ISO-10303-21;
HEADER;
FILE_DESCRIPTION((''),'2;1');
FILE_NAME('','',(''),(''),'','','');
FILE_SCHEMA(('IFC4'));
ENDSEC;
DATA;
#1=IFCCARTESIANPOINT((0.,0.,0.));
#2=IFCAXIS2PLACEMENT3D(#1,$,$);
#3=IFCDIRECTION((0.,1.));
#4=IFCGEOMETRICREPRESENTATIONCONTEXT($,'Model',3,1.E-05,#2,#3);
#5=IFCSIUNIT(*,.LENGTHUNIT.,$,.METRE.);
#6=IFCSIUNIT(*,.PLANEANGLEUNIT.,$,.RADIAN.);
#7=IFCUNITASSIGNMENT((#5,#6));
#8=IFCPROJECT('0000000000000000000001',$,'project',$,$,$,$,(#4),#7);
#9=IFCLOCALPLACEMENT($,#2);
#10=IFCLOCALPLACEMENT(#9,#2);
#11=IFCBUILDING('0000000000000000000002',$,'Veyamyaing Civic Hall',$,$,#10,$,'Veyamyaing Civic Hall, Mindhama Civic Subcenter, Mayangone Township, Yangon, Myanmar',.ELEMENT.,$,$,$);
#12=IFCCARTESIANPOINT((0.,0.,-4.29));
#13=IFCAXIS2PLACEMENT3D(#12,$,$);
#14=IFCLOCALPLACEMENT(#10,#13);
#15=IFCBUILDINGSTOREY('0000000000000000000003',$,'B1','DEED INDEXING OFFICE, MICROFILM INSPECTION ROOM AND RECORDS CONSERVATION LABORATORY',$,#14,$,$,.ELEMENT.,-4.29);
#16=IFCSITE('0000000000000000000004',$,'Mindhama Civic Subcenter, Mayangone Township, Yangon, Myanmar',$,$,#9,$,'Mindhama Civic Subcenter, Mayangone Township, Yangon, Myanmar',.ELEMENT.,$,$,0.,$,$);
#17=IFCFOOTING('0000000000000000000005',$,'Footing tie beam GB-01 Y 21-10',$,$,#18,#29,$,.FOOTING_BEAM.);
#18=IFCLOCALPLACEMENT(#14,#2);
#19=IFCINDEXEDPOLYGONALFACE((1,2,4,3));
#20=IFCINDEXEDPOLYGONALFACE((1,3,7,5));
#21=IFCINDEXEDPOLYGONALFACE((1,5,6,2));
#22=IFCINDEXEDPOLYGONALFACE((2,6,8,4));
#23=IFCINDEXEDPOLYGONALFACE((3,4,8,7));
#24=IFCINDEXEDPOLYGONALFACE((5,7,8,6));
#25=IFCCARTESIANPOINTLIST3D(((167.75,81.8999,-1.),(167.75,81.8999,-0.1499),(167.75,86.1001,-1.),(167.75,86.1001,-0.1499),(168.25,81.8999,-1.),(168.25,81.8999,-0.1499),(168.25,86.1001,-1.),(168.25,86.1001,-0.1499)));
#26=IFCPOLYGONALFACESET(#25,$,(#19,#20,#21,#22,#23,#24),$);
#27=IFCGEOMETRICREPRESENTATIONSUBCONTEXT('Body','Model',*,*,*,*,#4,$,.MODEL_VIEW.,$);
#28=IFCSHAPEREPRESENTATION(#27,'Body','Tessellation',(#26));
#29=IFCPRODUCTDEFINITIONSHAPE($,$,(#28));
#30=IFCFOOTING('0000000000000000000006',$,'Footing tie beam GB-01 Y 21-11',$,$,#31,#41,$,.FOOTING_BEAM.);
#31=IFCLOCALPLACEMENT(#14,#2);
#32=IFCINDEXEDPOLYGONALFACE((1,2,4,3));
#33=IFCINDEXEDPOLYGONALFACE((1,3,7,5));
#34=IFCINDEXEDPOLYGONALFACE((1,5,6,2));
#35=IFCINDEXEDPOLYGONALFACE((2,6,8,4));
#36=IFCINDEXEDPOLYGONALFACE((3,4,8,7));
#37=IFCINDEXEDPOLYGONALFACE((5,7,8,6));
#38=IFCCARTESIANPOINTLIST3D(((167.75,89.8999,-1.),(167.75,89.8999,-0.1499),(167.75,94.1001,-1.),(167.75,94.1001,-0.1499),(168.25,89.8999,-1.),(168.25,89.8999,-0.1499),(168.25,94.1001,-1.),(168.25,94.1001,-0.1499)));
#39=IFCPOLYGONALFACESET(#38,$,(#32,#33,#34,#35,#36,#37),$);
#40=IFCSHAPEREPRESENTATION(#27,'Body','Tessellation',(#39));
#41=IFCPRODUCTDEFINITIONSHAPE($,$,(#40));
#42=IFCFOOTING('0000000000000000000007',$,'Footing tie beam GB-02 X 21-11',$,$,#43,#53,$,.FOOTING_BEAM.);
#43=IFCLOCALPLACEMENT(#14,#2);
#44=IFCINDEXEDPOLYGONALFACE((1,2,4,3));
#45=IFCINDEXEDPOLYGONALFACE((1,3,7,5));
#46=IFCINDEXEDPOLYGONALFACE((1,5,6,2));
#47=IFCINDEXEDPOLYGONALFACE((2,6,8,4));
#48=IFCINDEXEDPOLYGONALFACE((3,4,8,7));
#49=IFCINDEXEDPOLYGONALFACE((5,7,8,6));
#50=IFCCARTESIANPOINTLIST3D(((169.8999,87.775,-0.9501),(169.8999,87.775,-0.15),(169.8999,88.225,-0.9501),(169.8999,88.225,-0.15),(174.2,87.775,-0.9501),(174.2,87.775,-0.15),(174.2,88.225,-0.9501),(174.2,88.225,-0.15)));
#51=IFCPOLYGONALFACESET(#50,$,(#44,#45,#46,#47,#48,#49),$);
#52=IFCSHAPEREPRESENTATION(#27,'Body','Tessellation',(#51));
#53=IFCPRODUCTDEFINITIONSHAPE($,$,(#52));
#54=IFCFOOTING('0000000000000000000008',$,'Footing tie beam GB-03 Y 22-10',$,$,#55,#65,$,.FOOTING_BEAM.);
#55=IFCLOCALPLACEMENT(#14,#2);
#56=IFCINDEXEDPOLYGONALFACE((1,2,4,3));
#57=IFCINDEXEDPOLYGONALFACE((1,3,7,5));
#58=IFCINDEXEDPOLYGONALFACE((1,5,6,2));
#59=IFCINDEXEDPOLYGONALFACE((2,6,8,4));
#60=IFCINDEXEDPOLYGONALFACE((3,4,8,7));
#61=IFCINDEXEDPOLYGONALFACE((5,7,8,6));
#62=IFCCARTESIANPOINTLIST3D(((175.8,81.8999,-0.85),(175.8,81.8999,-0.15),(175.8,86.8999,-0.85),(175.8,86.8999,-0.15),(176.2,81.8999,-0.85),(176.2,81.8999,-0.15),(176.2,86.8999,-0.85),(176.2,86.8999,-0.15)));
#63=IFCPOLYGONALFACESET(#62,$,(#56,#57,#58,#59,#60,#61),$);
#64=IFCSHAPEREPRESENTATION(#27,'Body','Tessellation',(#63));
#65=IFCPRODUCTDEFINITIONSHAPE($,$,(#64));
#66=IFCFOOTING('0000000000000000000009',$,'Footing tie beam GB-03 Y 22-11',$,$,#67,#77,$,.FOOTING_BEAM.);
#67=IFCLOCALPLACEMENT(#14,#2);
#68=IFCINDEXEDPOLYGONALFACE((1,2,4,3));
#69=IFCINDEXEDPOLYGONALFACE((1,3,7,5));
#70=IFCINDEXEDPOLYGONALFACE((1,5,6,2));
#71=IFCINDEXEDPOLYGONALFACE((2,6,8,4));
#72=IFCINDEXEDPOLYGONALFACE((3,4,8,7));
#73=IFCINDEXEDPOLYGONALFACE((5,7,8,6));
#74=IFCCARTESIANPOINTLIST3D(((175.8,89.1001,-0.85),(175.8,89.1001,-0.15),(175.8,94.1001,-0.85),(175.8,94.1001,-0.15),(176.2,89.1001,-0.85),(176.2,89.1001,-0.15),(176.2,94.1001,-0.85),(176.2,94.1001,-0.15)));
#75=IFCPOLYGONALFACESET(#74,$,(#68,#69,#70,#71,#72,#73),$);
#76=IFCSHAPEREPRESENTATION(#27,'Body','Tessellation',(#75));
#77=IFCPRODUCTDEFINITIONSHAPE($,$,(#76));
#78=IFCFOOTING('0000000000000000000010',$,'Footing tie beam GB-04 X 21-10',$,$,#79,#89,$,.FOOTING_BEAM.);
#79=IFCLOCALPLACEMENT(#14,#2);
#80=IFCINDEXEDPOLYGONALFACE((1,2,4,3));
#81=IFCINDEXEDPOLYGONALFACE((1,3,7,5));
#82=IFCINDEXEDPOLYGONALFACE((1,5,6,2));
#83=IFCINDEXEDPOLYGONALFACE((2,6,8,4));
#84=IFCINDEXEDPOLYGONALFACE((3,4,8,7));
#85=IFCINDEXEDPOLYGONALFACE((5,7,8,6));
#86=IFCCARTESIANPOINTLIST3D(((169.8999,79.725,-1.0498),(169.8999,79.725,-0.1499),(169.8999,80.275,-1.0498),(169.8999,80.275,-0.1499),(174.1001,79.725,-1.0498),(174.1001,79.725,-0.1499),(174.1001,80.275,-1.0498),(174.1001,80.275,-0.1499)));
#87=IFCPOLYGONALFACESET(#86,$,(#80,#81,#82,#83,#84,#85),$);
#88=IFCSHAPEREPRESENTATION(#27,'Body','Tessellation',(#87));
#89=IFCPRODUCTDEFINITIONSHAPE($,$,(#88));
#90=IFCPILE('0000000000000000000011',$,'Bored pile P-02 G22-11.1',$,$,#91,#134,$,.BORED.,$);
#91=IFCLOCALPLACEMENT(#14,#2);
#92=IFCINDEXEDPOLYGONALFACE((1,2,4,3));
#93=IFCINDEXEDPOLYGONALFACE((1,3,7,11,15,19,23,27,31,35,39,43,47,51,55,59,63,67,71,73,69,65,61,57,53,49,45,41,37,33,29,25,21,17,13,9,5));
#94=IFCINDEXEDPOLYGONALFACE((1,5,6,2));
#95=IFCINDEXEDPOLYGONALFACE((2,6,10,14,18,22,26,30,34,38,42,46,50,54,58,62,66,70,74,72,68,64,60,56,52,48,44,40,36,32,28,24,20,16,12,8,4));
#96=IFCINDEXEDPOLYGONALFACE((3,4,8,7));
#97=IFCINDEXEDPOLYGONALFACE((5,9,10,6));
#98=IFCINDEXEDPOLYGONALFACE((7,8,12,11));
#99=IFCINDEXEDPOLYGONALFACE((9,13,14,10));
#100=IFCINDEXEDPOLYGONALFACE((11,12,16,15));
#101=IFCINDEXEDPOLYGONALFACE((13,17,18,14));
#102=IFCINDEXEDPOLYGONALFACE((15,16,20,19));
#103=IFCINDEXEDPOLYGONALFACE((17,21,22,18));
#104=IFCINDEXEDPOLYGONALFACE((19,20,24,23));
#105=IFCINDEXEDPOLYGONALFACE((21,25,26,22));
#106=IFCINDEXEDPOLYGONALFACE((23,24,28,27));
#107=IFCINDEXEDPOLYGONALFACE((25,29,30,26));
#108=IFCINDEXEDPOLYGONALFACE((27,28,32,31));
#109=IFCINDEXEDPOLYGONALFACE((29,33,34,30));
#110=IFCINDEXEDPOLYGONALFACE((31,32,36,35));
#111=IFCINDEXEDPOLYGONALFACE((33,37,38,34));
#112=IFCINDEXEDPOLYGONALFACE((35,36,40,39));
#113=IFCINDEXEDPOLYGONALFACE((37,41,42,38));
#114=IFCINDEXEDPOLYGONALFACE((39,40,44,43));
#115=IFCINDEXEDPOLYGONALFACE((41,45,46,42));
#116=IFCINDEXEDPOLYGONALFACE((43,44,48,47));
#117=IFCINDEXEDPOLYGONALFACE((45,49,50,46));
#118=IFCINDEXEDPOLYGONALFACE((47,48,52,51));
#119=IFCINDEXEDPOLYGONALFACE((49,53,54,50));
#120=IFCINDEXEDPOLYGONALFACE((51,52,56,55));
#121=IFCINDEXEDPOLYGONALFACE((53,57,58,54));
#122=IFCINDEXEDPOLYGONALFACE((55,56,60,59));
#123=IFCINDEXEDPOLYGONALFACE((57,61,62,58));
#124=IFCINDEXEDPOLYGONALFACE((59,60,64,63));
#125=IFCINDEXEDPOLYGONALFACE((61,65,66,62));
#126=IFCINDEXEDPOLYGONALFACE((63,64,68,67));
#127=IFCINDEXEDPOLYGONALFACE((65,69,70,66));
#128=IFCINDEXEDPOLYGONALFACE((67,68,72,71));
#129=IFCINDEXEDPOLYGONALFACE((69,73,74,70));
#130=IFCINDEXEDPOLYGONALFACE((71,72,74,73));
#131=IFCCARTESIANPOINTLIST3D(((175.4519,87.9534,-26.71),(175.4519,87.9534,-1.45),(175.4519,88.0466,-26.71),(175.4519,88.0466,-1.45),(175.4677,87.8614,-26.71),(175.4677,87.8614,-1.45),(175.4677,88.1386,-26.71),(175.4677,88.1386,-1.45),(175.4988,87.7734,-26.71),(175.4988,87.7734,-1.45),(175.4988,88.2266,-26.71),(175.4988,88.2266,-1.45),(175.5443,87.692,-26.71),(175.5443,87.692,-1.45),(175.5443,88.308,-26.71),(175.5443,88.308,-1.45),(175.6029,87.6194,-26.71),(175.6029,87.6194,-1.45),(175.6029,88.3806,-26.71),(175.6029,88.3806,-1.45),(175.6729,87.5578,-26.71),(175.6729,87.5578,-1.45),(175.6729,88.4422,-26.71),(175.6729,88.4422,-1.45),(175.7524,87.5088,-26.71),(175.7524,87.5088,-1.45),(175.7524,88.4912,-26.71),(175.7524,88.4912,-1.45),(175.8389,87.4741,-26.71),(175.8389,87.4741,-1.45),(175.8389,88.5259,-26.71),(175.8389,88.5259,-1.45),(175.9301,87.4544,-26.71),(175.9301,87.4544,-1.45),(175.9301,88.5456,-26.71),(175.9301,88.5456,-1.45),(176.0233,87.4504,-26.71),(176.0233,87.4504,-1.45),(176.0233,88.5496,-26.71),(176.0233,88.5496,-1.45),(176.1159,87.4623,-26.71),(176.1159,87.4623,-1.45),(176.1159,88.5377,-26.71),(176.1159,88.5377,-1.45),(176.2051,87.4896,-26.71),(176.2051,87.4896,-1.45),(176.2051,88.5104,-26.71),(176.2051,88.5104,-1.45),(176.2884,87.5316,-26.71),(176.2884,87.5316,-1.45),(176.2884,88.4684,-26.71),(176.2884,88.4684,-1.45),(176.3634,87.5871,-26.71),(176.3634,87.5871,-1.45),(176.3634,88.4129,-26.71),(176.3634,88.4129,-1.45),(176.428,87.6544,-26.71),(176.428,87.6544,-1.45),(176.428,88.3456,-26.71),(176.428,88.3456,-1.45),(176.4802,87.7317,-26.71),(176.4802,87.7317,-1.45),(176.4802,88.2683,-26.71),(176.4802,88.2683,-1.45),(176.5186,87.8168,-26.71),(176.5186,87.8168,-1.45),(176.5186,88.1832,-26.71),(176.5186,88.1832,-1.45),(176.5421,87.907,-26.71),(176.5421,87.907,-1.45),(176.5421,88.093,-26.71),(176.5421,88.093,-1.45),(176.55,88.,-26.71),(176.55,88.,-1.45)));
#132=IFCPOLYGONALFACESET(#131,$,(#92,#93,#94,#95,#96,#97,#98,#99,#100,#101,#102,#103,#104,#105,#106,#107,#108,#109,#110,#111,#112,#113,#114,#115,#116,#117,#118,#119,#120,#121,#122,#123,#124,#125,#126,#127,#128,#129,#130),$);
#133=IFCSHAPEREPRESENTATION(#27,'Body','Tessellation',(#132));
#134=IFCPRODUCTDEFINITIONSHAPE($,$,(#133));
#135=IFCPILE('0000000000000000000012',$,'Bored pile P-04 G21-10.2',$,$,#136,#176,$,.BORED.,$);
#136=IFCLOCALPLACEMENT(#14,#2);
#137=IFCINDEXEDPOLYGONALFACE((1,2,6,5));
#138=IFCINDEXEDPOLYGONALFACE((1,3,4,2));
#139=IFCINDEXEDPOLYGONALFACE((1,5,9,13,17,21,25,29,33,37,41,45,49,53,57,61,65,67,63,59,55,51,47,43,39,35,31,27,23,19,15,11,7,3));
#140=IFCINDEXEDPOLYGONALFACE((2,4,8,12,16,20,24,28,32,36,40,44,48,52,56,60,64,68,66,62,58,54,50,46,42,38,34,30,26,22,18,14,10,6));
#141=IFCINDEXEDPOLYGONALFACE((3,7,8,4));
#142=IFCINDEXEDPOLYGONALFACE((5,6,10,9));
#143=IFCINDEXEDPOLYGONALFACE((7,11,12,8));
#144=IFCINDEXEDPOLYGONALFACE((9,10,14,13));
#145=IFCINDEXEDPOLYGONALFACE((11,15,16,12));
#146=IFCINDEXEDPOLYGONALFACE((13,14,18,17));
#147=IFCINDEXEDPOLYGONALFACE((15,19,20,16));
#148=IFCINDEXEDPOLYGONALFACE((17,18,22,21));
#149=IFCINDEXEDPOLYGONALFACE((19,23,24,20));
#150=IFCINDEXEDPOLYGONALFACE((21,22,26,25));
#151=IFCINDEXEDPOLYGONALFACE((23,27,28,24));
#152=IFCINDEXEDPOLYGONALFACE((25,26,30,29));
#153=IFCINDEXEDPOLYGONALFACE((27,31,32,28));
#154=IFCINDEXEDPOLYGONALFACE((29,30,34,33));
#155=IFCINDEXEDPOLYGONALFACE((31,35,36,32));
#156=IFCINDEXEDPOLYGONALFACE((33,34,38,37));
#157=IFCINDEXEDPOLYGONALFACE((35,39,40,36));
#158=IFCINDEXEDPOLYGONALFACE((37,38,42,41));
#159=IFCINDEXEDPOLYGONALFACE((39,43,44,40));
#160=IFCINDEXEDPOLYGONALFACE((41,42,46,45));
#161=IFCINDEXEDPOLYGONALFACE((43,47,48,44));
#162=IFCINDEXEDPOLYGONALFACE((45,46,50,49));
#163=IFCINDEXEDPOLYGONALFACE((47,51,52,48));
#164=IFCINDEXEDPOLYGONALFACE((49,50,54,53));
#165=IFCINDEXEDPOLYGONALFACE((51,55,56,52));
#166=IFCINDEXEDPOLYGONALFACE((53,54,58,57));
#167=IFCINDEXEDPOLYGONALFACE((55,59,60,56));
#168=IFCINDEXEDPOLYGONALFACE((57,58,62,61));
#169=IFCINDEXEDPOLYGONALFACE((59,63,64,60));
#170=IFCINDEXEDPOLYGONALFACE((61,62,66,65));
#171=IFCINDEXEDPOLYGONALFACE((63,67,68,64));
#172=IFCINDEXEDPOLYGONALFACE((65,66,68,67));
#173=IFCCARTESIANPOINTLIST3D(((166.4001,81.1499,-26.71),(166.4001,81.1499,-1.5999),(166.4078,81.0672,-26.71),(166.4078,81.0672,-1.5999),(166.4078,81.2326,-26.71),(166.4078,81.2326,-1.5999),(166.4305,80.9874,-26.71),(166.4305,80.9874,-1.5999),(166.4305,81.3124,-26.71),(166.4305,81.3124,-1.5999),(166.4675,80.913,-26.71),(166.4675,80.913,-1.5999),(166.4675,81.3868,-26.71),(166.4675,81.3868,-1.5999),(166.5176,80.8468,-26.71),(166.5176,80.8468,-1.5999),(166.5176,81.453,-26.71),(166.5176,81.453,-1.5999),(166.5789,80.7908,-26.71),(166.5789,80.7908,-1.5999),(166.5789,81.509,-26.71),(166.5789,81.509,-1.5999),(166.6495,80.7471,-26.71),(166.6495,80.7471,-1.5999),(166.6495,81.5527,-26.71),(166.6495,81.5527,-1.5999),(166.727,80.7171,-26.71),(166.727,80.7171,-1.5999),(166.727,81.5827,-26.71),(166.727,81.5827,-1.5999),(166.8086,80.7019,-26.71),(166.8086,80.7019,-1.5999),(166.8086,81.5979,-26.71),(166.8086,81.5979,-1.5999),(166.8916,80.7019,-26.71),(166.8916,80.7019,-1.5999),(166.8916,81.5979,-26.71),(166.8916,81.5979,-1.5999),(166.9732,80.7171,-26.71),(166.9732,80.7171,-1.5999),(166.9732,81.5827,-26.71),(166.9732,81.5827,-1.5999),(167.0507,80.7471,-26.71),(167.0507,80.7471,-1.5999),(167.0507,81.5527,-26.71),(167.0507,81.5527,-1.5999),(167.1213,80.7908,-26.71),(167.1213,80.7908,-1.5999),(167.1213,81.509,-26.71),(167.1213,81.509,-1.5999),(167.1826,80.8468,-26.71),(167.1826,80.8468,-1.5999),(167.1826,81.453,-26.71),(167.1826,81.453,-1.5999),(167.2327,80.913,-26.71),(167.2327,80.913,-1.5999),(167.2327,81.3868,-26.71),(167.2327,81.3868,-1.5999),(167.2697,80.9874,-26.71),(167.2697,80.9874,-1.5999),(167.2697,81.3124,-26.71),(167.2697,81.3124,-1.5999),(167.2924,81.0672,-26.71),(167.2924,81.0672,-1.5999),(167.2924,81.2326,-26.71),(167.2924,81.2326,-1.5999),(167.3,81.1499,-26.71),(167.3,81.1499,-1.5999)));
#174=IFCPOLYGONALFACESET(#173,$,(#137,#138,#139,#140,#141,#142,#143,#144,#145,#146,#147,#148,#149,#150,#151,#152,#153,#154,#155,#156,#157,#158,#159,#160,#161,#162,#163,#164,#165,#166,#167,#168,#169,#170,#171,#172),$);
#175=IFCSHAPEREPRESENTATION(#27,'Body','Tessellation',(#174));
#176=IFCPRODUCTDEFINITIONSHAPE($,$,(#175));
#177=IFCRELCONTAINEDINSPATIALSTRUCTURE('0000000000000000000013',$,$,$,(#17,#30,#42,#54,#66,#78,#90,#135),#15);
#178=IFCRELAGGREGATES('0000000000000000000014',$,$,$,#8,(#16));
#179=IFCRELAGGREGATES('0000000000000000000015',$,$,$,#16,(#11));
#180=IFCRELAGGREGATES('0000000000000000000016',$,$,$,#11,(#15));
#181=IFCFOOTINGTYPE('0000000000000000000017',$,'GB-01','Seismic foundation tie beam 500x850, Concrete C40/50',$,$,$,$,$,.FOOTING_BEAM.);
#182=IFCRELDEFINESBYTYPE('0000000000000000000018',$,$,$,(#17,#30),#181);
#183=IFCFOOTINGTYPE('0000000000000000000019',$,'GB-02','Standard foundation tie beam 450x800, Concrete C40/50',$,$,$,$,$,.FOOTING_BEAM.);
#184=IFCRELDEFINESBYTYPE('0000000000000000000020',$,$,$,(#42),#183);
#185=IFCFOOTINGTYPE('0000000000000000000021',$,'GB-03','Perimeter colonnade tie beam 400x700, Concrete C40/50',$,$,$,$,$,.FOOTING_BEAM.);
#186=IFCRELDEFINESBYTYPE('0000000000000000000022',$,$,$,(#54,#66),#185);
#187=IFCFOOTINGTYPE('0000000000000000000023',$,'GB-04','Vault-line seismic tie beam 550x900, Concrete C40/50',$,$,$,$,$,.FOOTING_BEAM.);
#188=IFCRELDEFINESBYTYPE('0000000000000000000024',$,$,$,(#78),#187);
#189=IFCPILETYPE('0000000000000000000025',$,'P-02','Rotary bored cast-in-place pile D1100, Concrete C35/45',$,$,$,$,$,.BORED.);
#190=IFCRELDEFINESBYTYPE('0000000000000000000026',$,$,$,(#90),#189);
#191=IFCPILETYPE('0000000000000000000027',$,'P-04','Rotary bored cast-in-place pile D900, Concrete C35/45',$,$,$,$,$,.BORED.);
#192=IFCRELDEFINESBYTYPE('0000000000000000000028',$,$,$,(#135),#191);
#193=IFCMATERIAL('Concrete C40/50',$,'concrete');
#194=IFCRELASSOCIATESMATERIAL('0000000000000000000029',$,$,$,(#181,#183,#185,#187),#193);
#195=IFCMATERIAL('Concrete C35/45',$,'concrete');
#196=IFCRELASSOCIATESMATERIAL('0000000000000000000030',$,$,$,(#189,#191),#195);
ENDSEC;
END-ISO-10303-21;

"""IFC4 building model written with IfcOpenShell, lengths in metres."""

from ifc_helpers import new_model, si_unit, direction, frame, origin, origin_2d, place, context, subcontext, project, spatial, rectangle, circle, extrude, material, material_profile, profile_set, type_object, element, save


model = new_model("IFC4")

# Units and contexts
model_context = context("Model", 3, precision=1e-05, world=origin(), true_north=direction((0.0, 1.0)))
body_context = subcontext(model_context, "Body", "Model", "MODEL_VIEW")
ifc_project = project(units=[si_unit("LENGTHUNIT", "METRE"), si_unit("PLANEANGLEUNIT", "RADIAN")], contexts=[model_context])

# Site, building, storey
site_placement = place(None, origin())
site = spatial("IfcSite", under=ifc_project, at=site_placement, Name="Mindhama Civic Subcenter, Mayangone Township, Yangon, Myanmar", LongName="Mindhama Civic Subcenter, Mayangone Township, Yangon, Myanmar", CompositionType="ELEMENT", RefElevation=0.0)
building_placement = place(site_placement, origin())
building = spatial("IfcBuilding", under=site, at=building_placement, Name="Veyamyaing Civic Hall", LongName="Veyamyaing Civic Hall, Mindhama Civic Subcenter, Mayangone Township, Yangon, Myanmar", CompositionType="ELEMENT")
storey_placement = place(building_placement, frame((0.0, 0.0, -4.29)))
storey = spatial("IfcBuildingStorey", under=building, at=storey_placement, Name="B1", Description="DEED INDEXING OFFICE, MICROFILM INSPECTION ROOM AND RECORDS CONSERVATION LABORATORY", CompositionType="ELEMENT", Elevation=-4.29)

# Footings
ifc_material_1 = material(Name="Concrete C40/50", Category="concrete")
ifc_material_profile_1 = material_profile(ifc_material_1, rectangle(XDim=0.5, YDim=0.8501, at=origin_2d()), Name="GB-500X850")
ifc_profile_set_1 = profile_set([ifc_material_profile_1], Name="Concrete C40/50")
footing_type_1 = type_object("IfcFootingType", Name="GB-01", Description="Seismic foundation tie beam 500x850, Concrete C40/50", PredefinedType="FOOTING_BEAM", material=ifc_profile_set_1)
for number, where, z_axis, x_axis, name in (
    (1, (168.0, 81.8999, -0.575), (0.0, 1.0, 0.0), (-1.0, 0.0, 0.0), "Footing tie beam GB-01 Y 21-10"),
    (2, (168.0, 89.8999, -0.575), (0.0, 1.0, 0.0), (-1.0, 0.0, 0.0), "Footing tie beam GB-01 Y 21-11"),
):
    element("IfcFooting", number, at=place(storey_placement, frame(where, z_axis=z_axis, x_axis=x_axis)), inside=storey, type_object=footing_type_1, Name=name, PredefinedType="FOOTING_BEAM", context=body_context, shape_type="SweptSolid", body=[
        extrude(rectangle(XDim=0.5, YDim=0.8501, at=origin_2d()), origin(), (0.0, 0.0, 1.0), 4.2002),
    ])
ifc_material_profile_2 = material_profile(ifc_material_1, rectangle(XDim=0.45, YDim=0.8, at=origin_2d()), Name="GB-450X800")
ifc_profile_set_2 = profile_set([ifc_material_profile_2], Name="Concrete C40/50")
footing_type_2 = type_object("IfcFootingType", Name="GB-02", Description="Standard foundation tie beam 450x800, Concrete C40/50", PredefinedType="FOOTING_BEAM", material=ifc_profile_set_2)
footing_1_placement = place(storey_placement, frame((169.8999, 88.0, -0.55), z_axis=(1.0, 0.0, 0.0), x_axis=(0.0, 1.0, 0.0)))
element("IfcFooting", 3, at=footing_1_placement, inside=storey, type_object=footing_type_2, Name="Footing tie beam GB-02 X 21-11", PredefinedType="FOOTING_BEAM", context=body_context, shape_type="SweptSolid", body=[
    extrude(rectangle(XDim=0.45, YDim=0.8, at=origin_2d()), origin(), (0.0, 0.0, 1.0), 4.3),
])
ifc_material_profile_3 = material_profile(ifc_material_1, rectangle(XDim=0.3999, YDim=0.7, at=origin_2d()), Name="GB-400X700")
ifc_profile_set_3 = profile_set([ifc_material_profile_3], Name="Concrete C40/50")
footing_type_3 = type_object("IfcFootingType", Name="GB-03", Description="Perimeter colonnade tie beam 400x700, Concrete C40/50", PredefinedType="FOOTING_BEAM", material=ifc_profile_set_3)
for number, where, z_axis, x_axis, name in (
    (4, (176.0, 81.8999, -0.5), (0.0, 1.0, 0.0), (-1.0, 0.0, 0.0), "Footing tie beam GB-03 Y 22-10"),
    (5, (176.0, 89.1001, -0.5), (0.0, 1.0, 0.0), (-1.0, 0.0, 0.0), "Footing tie beam GB-03 Y 22-11"),
):
    element("IfcFooting", number, at=place(storey_placement, frame(where, z_axis=z_axis, x_axis=x_axis)), inside=storey, type_object=footing_type_3, Name=name, PredefinedType="FOOTING_BEAM", context=body_context, shape_type="SweptSolid", body=[
        extrude(rectangle(XDim=0.3999, YDim=0.7, at=origin_2d()), origin(), (0.0, 0.0, 1.0), 5.0),
    ])
ifc_material_profile_4 = material_profile(ifc_material_1, rectangle(XDim=0.55, YDim=0.8999, at=origin_2d()), Name="GB-550X900")
ifc_profile_set_4 = profile_set([ifc_material_profile_4], Name="Concrete C40/50")
footing_type_4 = type_object("IfcFootingType", Name="GB-04", Description="Vault-line seismic tie beam 550x900, Concrete C40/50", PredefinedType="FOOTING_BEAM", material=ifc_profile_set_4)
footing_2_placement = place(storey_placement, frame((169.8999, 80.0, -0.5999), z_axis=(1.0, 0.0, 0.0), x_axis=(0.0, 1.0, 0.0)))
element("IfcFooting", 6, at=footing_2_placement, inside=storey, type_object=footing_type_4, Name="Footing tie beam GB-04 X 21-10", PredefinedType="FOOTING_BEAM", context=body_context, shape_type="SweptSolid", body=[
    extrude(rectangle(XDim=0.55, YDim=0.8999, at=origin_2d()), origin(), (0.0, 0.0, 1.0), 4.2002),
])

# Piles
ifc_material_2 = material(Name="Concrete C35/45", Category="concrete")
ifc_material_profile_5 = material_profile(ifc_material_2, circle(Radius=0.55, at=origin_2d()), Name="PILE-D1100")
ifc_profile_set_5 = profile_set([ifc_material_profile_5], Name="Concrete C35/45")
pile_type_1 = type_object("IfcPileType", Name="P-02", Description="Rotary bored cast-in-place pile D1100, Concrete C35/45", PredefinedType="BORED", material=ifc_profile_set_5)
pile_placement = place(storey_placement, frame((176.0, 88.0, -1.45), z_axis=(0.0, 0.0, -1.0), x_axis=(1.0, 0.0, 0.0)))
element("IfcPile", 7, at=pile_placement, inside=storey, type_object=pile_type_1, Name="Bored pile P-02 G22-11.1", PredefinedType="BORED", context=body_context, shape_type="SweptSolid", body=[
    extrude(circle(Radius=0.55, at=origin_2d()), origin(), (0.0, 0.0, 1.0), 25.26),
])
ifc_material_profile_6 = material_profile(ifc_material_2, circle(Radius=0.45, at=origin_2d()), Name="PILE-D900")
ifc_profile_set_6 = profile_set([ifc_material_profile_6], Name="Concrete C35/45")
pile_type_2 = type_object("IfcPileType", Name="P-04", Description="Rotary bored cast-in-place pile D900, Concrete C35/45", PredefinedType="BORED", material=ifc_profile_set_6)
for number, where, z_axis, x_axis, name in (
    (8, (166.8501, 81.1499, -1.5999), (0.0, 0.0, -1.0), (1.0, 0.0, 0.0), "Bored pile P-04 G21-10.2"),
):
    element("IfcPile", number, at=place(storey_placement, frame(where, z_axis=z_axis, x_axis=x_axis)), inside=storey, type_object=pile_type_2, Name=name, PredefinedType="BORED", context=body_context, shape_type="SweptSolid", body=[
        extrude(circle(Radius=0.45, at=origin_2d()), origin(), (0.0, 0.0, 1.0), 25.1101),
    ])

save(model, "model.ifc")
